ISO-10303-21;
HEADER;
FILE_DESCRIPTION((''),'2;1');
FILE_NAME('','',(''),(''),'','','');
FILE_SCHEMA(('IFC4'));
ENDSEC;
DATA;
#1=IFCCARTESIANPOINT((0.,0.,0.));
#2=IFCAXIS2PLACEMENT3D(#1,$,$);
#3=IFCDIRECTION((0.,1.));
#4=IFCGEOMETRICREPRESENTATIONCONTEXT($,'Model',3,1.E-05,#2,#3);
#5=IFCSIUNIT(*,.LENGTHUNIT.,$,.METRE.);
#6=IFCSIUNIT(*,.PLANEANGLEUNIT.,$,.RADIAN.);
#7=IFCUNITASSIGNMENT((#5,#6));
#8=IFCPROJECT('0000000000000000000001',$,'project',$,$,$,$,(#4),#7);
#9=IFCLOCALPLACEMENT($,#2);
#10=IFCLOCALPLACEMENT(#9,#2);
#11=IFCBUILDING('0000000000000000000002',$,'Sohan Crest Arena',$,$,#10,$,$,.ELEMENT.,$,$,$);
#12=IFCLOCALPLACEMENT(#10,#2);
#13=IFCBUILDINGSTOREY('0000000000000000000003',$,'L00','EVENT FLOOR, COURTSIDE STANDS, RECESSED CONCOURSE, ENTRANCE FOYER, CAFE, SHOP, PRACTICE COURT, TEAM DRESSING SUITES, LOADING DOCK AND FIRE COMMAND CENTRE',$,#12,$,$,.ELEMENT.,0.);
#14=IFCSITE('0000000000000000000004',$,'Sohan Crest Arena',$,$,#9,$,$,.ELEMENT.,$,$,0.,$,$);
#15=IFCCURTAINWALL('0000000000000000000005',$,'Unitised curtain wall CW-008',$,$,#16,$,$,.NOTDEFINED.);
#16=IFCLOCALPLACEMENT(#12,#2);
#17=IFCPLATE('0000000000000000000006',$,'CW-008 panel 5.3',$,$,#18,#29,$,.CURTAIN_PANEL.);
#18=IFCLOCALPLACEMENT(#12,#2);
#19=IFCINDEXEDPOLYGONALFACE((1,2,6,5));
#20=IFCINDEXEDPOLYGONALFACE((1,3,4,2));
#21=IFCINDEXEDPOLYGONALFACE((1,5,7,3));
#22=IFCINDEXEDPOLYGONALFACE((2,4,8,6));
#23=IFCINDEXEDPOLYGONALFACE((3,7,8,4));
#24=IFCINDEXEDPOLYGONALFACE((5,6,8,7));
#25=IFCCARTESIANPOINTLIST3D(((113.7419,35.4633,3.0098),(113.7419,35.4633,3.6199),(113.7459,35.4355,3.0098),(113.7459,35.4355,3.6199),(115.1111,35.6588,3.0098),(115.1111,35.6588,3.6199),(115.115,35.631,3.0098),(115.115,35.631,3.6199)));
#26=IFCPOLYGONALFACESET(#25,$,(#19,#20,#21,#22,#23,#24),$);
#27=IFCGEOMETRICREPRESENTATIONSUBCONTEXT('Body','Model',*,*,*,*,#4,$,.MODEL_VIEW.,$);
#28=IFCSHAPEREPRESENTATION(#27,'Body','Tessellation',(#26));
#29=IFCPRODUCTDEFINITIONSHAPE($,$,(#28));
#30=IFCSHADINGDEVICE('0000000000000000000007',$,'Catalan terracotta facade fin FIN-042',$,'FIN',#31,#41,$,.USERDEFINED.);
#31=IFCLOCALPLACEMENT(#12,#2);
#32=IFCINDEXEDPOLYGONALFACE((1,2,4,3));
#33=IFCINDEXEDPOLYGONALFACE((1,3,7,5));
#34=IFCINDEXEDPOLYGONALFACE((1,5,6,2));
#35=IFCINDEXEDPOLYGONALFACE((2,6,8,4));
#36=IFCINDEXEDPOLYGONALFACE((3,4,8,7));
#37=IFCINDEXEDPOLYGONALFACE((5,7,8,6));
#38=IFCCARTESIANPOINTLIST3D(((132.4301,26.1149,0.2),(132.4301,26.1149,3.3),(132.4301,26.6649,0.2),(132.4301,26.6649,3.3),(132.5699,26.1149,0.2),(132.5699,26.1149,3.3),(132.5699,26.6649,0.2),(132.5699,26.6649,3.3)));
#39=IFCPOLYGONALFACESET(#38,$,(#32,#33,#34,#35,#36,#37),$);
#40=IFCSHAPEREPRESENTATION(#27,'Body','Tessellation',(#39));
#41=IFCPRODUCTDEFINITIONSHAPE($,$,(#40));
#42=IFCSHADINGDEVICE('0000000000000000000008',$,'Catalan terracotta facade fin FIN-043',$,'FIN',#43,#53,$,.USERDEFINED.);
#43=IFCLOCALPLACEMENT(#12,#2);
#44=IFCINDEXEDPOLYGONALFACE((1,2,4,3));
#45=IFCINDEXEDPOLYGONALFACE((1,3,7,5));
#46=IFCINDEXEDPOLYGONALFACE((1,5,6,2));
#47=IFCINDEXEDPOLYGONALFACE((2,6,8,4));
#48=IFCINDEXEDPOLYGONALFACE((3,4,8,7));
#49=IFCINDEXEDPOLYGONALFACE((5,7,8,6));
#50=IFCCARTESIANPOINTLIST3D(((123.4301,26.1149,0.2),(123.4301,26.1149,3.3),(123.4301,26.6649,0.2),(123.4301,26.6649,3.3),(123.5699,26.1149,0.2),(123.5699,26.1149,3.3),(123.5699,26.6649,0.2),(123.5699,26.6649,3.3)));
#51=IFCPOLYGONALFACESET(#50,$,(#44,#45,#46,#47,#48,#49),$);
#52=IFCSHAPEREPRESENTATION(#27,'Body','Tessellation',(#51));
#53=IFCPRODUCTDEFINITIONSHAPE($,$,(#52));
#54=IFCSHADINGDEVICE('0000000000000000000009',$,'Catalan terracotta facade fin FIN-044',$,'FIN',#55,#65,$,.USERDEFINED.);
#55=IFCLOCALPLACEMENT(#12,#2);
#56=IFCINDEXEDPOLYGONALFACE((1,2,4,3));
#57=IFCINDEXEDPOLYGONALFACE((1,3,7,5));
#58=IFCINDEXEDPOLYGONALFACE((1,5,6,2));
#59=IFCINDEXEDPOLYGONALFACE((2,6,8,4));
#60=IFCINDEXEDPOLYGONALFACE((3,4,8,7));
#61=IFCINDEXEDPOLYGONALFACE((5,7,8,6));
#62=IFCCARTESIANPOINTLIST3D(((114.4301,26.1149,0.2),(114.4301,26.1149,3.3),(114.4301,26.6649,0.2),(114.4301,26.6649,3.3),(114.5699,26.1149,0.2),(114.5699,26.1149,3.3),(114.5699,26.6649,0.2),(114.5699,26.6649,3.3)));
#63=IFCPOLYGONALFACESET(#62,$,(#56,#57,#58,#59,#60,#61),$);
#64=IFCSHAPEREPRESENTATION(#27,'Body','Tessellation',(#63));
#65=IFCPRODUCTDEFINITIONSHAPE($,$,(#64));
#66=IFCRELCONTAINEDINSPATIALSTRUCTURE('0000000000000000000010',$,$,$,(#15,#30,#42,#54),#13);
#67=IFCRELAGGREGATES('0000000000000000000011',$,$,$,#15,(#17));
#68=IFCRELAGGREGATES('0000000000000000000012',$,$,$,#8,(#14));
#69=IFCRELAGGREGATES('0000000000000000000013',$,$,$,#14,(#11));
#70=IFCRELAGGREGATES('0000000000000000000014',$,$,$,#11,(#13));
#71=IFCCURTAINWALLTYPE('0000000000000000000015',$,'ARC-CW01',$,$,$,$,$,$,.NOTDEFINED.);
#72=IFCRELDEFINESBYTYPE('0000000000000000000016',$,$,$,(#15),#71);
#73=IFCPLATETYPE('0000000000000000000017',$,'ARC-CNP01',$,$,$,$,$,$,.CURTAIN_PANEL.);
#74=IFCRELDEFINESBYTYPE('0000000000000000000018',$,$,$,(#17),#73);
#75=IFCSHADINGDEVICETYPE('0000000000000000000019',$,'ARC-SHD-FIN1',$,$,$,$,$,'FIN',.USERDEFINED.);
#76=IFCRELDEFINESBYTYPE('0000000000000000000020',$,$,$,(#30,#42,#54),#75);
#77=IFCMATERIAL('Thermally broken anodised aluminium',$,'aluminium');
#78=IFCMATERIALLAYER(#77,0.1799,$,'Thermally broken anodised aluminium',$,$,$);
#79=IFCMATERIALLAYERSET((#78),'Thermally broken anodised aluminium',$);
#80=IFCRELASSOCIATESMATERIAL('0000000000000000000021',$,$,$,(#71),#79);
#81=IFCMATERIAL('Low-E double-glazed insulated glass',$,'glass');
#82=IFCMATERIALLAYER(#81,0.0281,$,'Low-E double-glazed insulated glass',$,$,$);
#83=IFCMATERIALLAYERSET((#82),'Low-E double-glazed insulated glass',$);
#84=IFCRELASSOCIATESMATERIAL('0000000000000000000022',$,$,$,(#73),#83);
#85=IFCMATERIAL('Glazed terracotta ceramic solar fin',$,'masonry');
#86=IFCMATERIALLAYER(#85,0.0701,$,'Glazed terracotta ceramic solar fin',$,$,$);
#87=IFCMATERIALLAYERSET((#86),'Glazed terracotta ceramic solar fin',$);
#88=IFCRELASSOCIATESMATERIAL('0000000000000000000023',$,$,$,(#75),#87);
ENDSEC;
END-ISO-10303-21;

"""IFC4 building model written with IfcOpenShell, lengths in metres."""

from ifc_helpers import new_model, si_unit, direction, frame, origin, origin_2d, place, context, subcontext, project, spatial, rectangle, extrude, material, layer, layer_set, type_object, element, aggregate, save


model = new_model("IFC4")

# Units and contexts
model_context = context("Model", 3, precision=1e-05, world=origin(), true_north=direction((0.0, 1.0)))
body_context = subcontext(model_context, "Body", "Model", "MODEL_VIEW")
ifc_project = project(units=[si_unit("LENGTHUNIT", "METRE"), si_unit("PLANEANGLEUNIT", "RADIAN")], contexts=[model_context])

# Site, building, storey
site_placement = place(None, origin())
site = spatial("IfcSite", under=ifc_project, at=site_placement, Name="Sohan Crest Arena", CompositionType="ELEMENT", RefElevation=0.0)
building_placement = place(site_placement, origin())
building = spatial("IfcBuilding", under=site, at=building_placement, Name="Sohan Crest Arena", CompositionType="ELEMENT")
storey_placement = place(building_placement, origin())
storey = spatial("IfcBuildingStorey", under=building, at=storey_placement, Name="L00", Description="EVENT FLOOR, COURTSIDE STANDS, RECESSED CONCOURSE, ENTRANCE FOYER, CAFE, SHOP, PRACTICE COURT, TEAM DRESSING SUITES, LOADING DOCK AND FIRE COMMAND CENTRE", CompositionType="ELEMENT", Elevation=0.0)

# Curtain wall
ifc_material_1 = material(Name="Thermally broken anodised aluminium", Category="aluminium")
ifc_layer_1 = layer(ifc_material_1, 0.1799, Name="Thermally broken anodised aluminium")
ifc_layer_set_1 = layer_set([ifc_layer_1], Name="Thermally broken anodised aluminium")
curtain_wall_type_1 = type_object("IfcCurtainWallType", Name="ARC-CW01", PredefinedType="NOTDEFINED", material=ifc_layer_set_1)
curtain_wall_1_placement = place(storey_placement, origin())
curtain_wall_1 = element("IfcCurtainWall", 1, at=curtain_wall_1_placement, inside=storey, type_object=curtain_wall_type_1, Name="Unitised curtain wall CW-008", PredefinedType="NOTDEFINED")

# Plate
ifc_material_2 = material(Name="Low-E double-glazed insulated glass", Category="glass")
ifc_layer_2 = layer(ifc_material_2, 0.0281, Name="Low-E double-glazed insulated glass")
ifc_layer_set_2 = layer_set([ifc_layer_2], Name="Low-E double-glazed insulated glass")
plate_type = type_object("IfcPlateType", Name="ARC-CNP01", PredefinedType="CURTAIN_PANEL", material=ifc_layer_set_2)
plate_1_placement = place(storey_placement, frame((114.4285, 35.5471, 3.0098), z_axis=(0.0, 0.0, 1.0), x_axis=(0.989957, 0.141366, 0.0)))
plate_1 = element("IfcPlate", 2, at=plate_1_placement, type_object=plate_type, Name="CW-008 panel 5.3", PredefinedType="CURTAIN_PANEL", context=body_context, shape_type="SweptSolid", body=[
    extrude(rectangle(XDim=1.3831, YDim=0.0281, at=origin_2d()), origin(), (0.0, 0.0, 1.0), 0.6101),
])
aggregate(curtain_wall_1, [plate_1])

# Shading devices
ifc_material_3 = material(Name="Glazed terracotta ceramic solar fin", Category="masonry")
ifc_layer_3 = layer(ifc_material_3, 0.0701, Name="Glazed terracotta ceramic solar fin")
ifc_layer_set_3 = layer_set([ifc_layer_3], Name="Glazed terracotta ceramic solar fin")
shading_device_type = type_object("IfcShadingDeviceType", Name="ARC-SHD-FIN1", ElementType="FIN", PredefinedType="USERDEFINED", material=ifc_layer_set_3)
for number, where, z_axis, x_axis, name in (
    (3, (132.5, 26.3899, 0.2), (0.0, 0.0, 1.0), (-1.0, 0.0, 0.0), "Catalan terracotta facade fin FIN-042"),
    (4, (123.5, 26.3899, 0.2), (0.0, 0.0, 1.0), (-1.0, 0.0, 0.0), "Catalan terracotta facade fin FIN-043"),
    (5, (114.5, 26.3899, 0.2), (0.0, 0.0, 1.0), (-1.0, 0.0, 0.0), "Catalan terracotta facade fin FIN-044"),
):
    element("IfcShadingDevice", number, at=place(storey_placement, frame(where, z_axis=z_axis, x_axis=x_axis)), inside=storey, type_object=shading_device_type, Name=name, ObjectType="FIN", PredefinedType="USERDEFINED", context=body_context, shape_type="SweptSolid", body=[
        extrude(rectangle(XDim=0.1399, YDim=0.55, at=origin_2d()), origin(), (0.0, 0.0, 1.0), 3.1001),
    ])

save(model, "model.ifc")
